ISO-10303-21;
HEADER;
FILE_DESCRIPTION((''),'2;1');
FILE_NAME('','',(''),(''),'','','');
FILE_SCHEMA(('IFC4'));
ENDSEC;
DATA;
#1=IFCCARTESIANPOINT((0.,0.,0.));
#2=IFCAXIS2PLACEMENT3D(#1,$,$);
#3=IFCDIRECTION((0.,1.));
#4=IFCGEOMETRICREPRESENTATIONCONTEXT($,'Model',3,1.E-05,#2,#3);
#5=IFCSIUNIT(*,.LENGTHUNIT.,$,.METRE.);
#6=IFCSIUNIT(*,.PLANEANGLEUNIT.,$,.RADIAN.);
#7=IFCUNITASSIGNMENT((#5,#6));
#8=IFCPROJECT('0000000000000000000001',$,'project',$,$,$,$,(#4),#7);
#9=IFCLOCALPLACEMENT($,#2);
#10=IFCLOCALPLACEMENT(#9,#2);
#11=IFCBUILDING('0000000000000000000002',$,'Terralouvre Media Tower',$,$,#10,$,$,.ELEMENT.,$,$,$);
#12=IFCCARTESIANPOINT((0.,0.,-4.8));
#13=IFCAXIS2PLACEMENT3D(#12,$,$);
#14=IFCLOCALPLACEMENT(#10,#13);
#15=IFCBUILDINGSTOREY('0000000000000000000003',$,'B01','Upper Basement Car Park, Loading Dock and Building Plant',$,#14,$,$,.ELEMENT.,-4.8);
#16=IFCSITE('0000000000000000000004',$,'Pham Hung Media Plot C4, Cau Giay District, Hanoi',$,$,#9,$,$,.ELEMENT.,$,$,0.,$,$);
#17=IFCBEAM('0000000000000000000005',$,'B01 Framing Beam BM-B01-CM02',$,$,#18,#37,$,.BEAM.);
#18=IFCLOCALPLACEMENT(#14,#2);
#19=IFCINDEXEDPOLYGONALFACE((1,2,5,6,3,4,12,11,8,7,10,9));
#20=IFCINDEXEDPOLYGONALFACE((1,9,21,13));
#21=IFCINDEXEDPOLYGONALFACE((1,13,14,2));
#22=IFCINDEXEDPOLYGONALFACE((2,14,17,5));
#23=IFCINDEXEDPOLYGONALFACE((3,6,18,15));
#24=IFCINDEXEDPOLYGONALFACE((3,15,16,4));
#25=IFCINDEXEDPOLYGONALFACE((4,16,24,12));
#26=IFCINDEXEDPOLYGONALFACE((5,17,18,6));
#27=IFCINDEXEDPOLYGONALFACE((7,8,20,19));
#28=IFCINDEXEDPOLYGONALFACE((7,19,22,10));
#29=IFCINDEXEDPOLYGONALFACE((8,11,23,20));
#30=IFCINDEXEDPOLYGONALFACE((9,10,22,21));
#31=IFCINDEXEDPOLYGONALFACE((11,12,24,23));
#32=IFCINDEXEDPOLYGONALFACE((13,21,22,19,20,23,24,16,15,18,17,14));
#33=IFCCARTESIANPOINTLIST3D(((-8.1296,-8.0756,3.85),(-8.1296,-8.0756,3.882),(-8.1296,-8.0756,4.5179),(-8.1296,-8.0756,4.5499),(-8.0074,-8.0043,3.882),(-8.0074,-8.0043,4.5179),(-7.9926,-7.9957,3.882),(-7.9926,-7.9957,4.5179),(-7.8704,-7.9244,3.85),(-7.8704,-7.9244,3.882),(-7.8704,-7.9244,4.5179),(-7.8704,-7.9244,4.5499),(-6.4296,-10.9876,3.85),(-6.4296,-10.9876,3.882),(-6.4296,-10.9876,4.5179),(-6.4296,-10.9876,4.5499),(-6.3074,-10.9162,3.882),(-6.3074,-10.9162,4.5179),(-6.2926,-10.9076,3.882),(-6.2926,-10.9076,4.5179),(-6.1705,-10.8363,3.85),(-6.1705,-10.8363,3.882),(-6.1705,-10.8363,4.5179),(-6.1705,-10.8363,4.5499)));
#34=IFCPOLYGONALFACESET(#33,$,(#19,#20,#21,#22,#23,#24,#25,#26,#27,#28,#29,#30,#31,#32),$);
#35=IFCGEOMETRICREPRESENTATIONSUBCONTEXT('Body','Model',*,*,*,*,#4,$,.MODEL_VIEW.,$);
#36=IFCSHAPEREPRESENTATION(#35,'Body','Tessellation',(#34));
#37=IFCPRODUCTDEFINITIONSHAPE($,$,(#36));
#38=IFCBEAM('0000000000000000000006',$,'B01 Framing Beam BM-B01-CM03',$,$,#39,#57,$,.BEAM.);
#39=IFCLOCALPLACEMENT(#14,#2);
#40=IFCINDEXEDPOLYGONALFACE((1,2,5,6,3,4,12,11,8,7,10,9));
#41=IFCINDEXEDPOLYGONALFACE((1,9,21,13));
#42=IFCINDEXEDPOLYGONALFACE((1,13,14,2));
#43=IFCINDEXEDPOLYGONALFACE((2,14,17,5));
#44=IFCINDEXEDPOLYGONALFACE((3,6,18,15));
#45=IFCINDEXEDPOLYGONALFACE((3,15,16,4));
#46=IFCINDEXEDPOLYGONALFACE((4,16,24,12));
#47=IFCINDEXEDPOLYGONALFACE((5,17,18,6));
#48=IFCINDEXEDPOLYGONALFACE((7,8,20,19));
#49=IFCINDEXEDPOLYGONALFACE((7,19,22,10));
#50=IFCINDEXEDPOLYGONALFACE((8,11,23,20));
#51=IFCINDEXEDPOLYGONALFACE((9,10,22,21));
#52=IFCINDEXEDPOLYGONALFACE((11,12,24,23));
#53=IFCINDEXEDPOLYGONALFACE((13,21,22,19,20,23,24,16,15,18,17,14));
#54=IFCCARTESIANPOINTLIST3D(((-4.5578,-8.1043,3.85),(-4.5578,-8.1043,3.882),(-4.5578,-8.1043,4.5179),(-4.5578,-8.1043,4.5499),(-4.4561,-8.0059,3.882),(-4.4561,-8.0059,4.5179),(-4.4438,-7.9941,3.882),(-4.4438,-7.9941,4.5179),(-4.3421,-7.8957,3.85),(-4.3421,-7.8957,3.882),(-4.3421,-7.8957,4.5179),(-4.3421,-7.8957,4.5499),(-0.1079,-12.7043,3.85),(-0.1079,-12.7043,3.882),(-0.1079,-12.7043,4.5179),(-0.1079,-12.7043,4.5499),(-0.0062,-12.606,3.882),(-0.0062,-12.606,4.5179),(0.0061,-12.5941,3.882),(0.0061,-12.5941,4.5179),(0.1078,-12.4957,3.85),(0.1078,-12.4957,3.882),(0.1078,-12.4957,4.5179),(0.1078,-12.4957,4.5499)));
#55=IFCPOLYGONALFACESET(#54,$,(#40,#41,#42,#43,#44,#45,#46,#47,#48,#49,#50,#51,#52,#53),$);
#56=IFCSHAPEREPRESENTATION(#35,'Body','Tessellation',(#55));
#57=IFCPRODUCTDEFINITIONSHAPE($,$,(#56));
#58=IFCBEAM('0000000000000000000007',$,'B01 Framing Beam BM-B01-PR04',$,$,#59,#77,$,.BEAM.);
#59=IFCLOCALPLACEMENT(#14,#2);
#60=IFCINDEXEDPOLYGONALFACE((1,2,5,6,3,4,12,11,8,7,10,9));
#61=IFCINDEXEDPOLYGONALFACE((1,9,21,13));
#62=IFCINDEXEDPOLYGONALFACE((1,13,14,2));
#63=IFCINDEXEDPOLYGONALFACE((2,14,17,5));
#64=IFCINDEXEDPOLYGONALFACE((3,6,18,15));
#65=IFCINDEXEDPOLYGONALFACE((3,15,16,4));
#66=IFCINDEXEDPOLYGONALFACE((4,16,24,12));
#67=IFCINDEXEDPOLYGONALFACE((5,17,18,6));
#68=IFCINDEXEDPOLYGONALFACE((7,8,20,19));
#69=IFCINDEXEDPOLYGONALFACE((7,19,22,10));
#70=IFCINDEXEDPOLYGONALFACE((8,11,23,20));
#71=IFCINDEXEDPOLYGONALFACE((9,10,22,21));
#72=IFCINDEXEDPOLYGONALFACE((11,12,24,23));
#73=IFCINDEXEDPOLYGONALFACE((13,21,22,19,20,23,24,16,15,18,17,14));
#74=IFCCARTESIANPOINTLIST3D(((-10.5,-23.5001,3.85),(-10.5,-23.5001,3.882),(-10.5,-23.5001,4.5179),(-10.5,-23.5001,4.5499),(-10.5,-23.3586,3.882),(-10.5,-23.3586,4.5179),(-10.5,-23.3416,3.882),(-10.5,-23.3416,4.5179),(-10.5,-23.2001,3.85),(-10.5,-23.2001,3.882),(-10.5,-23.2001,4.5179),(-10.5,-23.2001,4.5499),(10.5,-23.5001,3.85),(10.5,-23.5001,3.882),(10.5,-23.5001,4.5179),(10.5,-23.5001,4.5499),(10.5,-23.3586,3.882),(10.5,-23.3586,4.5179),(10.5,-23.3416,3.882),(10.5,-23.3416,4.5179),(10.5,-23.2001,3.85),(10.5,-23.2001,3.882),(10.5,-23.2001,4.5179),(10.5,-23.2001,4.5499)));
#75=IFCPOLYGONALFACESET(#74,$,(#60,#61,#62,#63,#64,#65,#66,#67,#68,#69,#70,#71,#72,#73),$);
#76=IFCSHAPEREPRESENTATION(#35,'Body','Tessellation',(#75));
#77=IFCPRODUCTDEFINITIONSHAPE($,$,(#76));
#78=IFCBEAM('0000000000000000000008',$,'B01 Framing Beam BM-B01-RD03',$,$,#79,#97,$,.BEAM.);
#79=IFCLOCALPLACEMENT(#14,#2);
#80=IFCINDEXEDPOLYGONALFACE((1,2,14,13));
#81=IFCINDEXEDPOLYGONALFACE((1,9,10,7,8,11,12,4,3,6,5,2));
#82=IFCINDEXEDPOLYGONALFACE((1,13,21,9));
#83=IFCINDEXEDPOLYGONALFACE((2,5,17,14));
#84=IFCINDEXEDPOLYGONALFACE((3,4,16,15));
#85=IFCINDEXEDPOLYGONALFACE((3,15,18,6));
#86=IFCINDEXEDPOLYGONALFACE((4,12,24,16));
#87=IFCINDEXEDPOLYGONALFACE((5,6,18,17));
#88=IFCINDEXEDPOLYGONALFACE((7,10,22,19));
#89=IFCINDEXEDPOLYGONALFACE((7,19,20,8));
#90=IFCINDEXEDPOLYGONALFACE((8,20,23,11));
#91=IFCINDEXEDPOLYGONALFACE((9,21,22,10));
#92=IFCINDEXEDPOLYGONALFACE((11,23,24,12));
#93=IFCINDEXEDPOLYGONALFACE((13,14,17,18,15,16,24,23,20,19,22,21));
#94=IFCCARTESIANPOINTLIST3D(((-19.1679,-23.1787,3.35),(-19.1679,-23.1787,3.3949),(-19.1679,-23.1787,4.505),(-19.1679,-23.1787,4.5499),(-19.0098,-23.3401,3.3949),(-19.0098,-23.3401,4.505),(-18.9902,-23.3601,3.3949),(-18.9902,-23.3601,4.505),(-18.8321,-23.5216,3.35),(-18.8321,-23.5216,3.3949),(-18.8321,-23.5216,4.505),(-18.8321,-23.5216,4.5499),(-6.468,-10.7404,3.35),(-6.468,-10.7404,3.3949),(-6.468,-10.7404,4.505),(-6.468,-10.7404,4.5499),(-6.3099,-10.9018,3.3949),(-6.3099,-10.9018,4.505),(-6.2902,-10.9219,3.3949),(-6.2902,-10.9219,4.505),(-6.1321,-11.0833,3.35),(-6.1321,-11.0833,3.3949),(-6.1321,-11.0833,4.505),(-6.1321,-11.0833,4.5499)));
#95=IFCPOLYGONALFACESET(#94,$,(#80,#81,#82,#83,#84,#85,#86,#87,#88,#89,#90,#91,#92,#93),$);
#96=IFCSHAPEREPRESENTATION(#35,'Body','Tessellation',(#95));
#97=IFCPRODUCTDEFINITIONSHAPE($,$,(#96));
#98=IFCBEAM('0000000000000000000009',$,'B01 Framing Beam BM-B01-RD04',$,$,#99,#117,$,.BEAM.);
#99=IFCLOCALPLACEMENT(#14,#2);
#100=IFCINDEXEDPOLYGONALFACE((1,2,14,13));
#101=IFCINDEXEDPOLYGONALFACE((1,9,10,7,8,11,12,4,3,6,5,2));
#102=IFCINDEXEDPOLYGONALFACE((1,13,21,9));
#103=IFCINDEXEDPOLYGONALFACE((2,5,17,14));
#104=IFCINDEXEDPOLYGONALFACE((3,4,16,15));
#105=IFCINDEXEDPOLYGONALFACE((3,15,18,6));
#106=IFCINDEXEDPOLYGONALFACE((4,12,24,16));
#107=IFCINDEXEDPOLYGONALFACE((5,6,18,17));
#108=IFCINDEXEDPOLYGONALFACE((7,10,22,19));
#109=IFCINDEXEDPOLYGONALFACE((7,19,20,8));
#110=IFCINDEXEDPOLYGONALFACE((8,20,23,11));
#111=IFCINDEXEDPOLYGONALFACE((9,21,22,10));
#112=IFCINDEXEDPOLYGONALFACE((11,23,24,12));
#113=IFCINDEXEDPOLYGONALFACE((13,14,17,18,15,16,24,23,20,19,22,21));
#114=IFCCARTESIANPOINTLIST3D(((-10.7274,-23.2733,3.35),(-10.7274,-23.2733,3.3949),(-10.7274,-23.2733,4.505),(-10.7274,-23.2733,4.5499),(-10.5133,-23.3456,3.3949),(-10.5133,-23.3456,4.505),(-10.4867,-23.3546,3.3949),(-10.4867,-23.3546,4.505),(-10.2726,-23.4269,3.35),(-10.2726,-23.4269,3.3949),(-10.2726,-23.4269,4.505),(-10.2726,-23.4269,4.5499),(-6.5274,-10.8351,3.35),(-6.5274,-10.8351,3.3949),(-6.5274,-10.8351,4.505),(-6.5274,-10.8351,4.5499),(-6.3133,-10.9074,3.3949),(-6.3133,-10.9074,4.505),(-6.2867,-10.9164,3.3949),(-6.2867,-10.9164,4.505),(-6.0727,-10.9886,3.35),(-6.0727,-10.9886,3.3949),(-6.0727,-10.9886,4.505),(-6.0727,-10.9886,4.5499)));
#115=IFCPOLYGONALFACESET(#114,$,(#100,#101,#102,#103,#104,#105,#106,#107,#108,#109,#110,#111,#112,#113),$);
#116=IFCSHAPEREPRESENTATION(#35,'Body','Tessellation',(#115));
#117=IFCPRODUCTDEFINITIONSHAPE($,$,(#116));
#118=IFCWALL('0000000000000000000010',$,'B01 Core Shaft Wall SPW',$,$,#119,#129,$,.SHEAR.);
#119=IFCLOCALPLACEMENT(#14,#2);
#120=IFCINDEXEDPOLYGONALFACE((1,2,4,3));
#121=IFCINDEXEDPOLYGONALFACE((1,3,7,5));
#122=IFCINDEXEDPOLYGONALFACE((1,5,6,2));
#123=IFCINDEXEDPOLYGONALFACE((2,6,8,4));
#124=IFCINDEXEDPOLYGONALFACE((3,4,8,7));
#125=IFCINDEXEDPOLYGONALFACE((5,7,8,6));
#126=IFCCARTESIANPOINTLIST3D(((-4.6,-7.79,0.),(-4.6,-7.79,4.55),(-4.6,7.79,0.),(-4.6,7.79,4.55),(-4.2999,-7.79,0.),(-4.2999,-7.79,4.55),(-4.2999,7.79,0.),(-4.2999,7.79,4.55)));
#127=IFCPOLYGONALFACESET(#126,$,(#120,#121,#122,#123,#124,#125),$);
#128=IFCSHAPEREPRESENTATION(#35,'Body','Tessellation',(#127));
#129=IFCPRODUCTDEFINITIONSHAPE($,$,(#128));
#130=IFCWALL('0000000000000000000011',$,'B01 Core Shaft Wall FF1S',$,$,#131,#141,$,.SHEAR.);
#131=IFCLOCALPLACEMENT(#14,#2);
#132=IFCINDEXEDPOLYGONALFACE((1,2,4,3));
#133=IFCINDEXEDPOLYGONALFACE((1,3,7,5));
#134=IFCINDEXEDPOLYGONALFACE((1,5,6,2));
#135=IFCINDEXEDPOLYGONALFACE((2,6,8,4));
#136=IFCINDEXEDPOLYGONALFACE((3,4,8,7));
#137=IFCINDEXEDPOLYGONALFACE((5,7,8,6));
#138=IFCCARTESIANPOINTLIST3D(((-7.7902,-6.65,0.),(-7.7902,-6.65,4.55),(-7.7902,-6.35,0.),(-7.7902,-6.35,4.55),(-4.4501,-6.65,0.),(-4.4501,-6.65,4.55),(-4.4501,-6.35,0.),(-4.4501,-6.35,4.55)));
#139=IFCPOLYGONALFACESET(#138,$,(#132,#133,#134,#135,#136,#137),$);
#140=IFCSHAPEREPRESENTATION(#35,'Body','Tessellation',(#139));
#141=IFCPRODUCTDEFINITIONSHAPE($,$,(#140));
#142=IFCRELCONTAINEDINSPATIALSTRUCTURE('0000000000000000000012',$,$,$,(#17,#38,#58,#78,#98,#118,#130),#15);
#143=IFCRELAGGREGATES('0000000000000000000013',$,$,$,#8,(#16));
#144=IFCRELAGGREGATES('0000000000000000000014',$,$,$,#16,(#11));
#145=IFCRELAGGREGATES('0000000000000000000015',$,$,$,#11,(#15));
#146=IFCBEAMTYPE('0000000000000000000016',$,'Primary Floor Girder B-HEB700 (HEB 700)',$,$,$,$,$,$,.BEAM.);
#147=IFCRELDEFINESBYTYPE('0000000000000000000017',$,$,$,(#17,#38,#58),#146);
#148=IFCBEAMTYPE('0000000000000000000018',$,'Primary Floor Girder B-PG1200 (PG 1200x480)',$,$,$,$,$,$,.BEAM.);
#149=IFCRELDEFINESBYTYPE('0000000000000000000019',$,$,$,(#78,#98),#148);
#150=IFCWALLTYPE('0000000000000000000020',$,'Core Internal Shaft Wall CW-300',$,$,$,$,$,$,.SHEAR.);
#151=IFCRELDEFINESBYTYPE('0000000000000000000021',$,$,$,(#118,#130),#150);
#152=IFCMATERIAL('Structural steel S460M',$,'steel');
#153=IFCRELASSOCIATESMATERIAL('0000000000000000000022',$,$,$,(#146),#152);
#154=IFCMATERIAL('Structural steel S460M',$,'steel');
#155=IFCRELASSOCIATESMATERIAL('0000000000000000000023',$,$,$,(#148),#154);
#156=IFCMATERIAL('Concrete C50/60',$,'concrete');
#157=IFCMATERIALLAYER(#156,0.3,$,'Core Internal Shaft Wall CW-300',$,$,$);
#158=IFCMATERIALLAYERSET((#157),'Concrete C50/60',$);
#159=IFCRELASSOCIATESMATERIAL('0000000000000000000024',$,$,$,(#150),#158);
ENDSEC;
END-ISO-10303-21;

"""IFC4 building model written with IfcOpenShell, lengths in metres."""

from ifc_helpers import new_model, si_unit, direction, frame, frame_2d, origin, origin_2d, place, context, subcontext, project, spatial, rectangle, i_section, extrude, material, layer, layer_set, material_profile, profile_set, type_object, element, save


model = new_model("IFC4")

# Units and contexts
model_context = context("Model", 3, precision=1e-05, world=origin(), true_north=direction((0.0, 1.0)))
body_context = subcontext(model_context, "Body", "Model", "MODEL_VIEW")
ifc_project = project(units=[si_unit("LENGTHUNIT", "METRE"), si_unit("PLANEANGLEUNIT", "RADIAN")], contexts=[model_context])

# Site, building, storey
site_placement = place(None, origin())
site = spatial("IfcSite", under=ifc_project, at=site_placement, Name="Pham Hung Media Plot C4, Cau Giay District, Hanoi", CompositionType="ELEMENT", RefElevation=0.0)
building_placement = place(site_placement, origin())
building = spatial("IfcBuilding", under=site, at=building_placement, Name="Terralouvre Media Tower", CompositionType="ELEMENT")
storey_placement = place(building_placement, frame((0.0, 0.0, -4.8)))
storey = spatial("IfcBuildingStorey", under=building, at=storey_placement, Name="B01", Description="Upper Basement Car Park, Loading Dock and Building Plant", CompositionType="ELEMENT", Elevation=-4.8)

# Beams
ifc_material_1 = material(Name="Structural steel S460M", Category="steel")
ifc_material_profile_1 = material_profile(ifc_material_1, i_section(OverallWidth=0.3, OverallDepth=0.7, WebThickness=0.0171, FlangeThickness=0.032, at=origin_2d()), Name="HEB 700")
ifc_profile_set_1 = profile_set([ifc_material_profile_1], Name="Structural steel S460M")
beam_type_1 = type_object("IfcBeamType", Name="Primary Floor Girder B-HEB700 (HEB 700)", PredefinedType="BEAM", material=ifc_profile_set_1)
for number, where, z_axis, x_axis, name in (
    (1, (-8.0, -8.0, 4.2), (0.504173, -0.863603, 0.0), (0.863603, 0.504173, 0.0), "B01 Framing Beam BM-B01-CM02"),
):
    element("IfcBeam", number, at=place(storey_placement, frame(where, z_axis=z_axis, x_axis=x_axis)), inside=storey, type_object=beam_type_1, Name=name, PredefinedType="BEAM", context=body_context, shape_type="SweptSolid", body=[
        extrude(i_section(OverallWidth=0.3, OverallDepth=0.7, WebThickness=0.0171, FlangeThickness=0.032, at=origin_2d()), origin(), (0.0, 0.0, 1.0), 3.3718),
    ])
beam_1_placement = place(storey_placement, frame((-4.45, -8.0, 4.2), z_axis=(0.69528, -0.718739, 0.0), x_axis=(0.718739, 0.69528, 0.0)))
element("IfcBeam", 2, at=beam_1_placement, inside=storey, type_object=beam_type_1, Name="B01 Framing Beam BM-B01-CM03", PredefinedType="BEAM", context=body_context, shape_type="SweptSolid", body=[
    extrude(i_section(OverallWidth=0.3, OverallDepth=0.7, WebThickness=0.0171, FlangeThickness=0.032, at=origin_2d()), origin(), (0.0, 0.0, 1.0), 6.4001),
])
beam_2_placement = place(storey_placement, frame((-10.5, -23.3501, 4.2), z_axis=(1.0, 0.0, 0.0), x_axis=(0.0, 1.0, 0.0)))
element("IfcBeam", 3, at=beam_2_placement, inside=storey, type_object=beam_type_1, Name="B01 Framing Beam BM-B01-PR04", PredefinedType="BEAM", context=body_context, shape_type="SweptSolid", body=[
    extrude(i_section(OverallWidth=0.3, OverallDepth=0.7, WebThickness=0.0171, FlangeThickness=0.032, at=origin_2d()), origin(), (0.0, 0.0, 1.0), 21.0),
])
ifc_material_2 = material(Name="Structural steel S460M", Category="steel")
ifc_material_profile_2 = material_profile(ifc_material_2, i_section(OverallWidth=0.48, OverallDepth=1.2, WebThickness=0.0281, FlangeThickness=0.0449, at=origin_2d()), Name="PG 1200x480")
ifc_profile_set_2 = profile_set([ifc_material_profile_2], Name="Structural steel S460M")
beam_type_2 = type_object("IfcBeamType", Name="Primary Floor Girder B-PG1200 (PG 1200x480)", PredefinedType="BEAM", material=ifc_profile_set_2)
beam_3_placement = place(storey_placement, frame((-6.3, -10.9119, 3.95), z_axis=(-0.71443, -0.699707, 0.0), x_axis=(0.699707, -0.71443, 0.0)))
element("IfcBeam", 4, at=beam_3_placement, inside=storey, type_object=beam_type_2, Name="B01 Framing Beam BM-B01-RD03", PredefinedType="BEAM", context=body_context, shape_type="SweptSolid", body=[
    extrude(i_section(OverallWidth=0.48, OverallDepth=1.2, WebThickness=0.0281, FlangeThickness=0.0449, at=origin_2d()), origin(), (0.0, 0.0, 1.0), 17.7764),
])
beam_4_placement = place(storey_placement, frame((-6.3, -10.9119, 3.95), z_axis=(-0.319919, -0.947445, 0.0), x_axis=(0.947445, -0.319919, 0.0)))
element("IfcBeam", 5, at=beam_4_placement, inside=storey, type_object=beam_type_2, Name="B01 Framing Beam BM-B01-RD04", PredefinedType="BEAM", context=body_context, shape_type="SweptSolid", body=[
    extrude(i_section(OverallWidth=0.48, OverallDepth=1.2, WebThickness=0.0281, FlangeThickness=0.0449, at=origin_2d()), origin(), (0.0, 0.0, 1.0), 13.1282),
])

# Walls
ifc_material_3 = material(Name="Concrete C50/60", Category="concrete")
ifc_layer_1 = layer(ifc_material_3, 0.3, Name="Core Internal Shaft Wall CW-300")
ifc_layer_set_1 = layer_set([ifc_layer_1], Name="Concrete C50/60")
wall_type_1 = type_object("IfcWallType", Name="Core Internal Shaft Wall CW-300", PredefinedType="SHEAR", material=ifc_layer_set_1)
wall_1_placement = place(storey_placement, frame((-4.45, -7.79, 0.0), z_axis=(0.0, 0.0, 1.0), x_axis=(0.0, 1.0, 0.0)))
element("IfcWall", 6, at=wall_1_placement, inside=storey, type_object=wall_type_1, Name="B01 Core Shaft Wall SPW", PredefinedType="SHEAR", context=body_context, shape_type="SweptSolid", body=[
    extrude(rectangle(XDim=15.5801, YDim=0.3, at=frame_2d((7.79, 0.0))), origin(), (0.0, 0.0, 1.0), 4.55),
])
wall_2_placement = place(storey_placement, frame((-7.79, -6.5, 0.0), z_axis=(0.0, 0.0, 1.0), x_axis=(1.0, 0.0, 0.0)))
element("IfcWall", 7, at=wall_2_placement, inside=storey, type_object=wall_type_1, Name="B01 Core Shaft Wall FF1S", PredefinedType="SHEAR", context=body_context, shape_type="SweptSolid", body=[
    extrude(rectangle(XDim=3.3401, YDim=0.3, at=frame_2d((1.6699, 0.0))), origin(), (0.0, 0.0, 1.0), 4.55),
])

save(model, "model.ifc")
